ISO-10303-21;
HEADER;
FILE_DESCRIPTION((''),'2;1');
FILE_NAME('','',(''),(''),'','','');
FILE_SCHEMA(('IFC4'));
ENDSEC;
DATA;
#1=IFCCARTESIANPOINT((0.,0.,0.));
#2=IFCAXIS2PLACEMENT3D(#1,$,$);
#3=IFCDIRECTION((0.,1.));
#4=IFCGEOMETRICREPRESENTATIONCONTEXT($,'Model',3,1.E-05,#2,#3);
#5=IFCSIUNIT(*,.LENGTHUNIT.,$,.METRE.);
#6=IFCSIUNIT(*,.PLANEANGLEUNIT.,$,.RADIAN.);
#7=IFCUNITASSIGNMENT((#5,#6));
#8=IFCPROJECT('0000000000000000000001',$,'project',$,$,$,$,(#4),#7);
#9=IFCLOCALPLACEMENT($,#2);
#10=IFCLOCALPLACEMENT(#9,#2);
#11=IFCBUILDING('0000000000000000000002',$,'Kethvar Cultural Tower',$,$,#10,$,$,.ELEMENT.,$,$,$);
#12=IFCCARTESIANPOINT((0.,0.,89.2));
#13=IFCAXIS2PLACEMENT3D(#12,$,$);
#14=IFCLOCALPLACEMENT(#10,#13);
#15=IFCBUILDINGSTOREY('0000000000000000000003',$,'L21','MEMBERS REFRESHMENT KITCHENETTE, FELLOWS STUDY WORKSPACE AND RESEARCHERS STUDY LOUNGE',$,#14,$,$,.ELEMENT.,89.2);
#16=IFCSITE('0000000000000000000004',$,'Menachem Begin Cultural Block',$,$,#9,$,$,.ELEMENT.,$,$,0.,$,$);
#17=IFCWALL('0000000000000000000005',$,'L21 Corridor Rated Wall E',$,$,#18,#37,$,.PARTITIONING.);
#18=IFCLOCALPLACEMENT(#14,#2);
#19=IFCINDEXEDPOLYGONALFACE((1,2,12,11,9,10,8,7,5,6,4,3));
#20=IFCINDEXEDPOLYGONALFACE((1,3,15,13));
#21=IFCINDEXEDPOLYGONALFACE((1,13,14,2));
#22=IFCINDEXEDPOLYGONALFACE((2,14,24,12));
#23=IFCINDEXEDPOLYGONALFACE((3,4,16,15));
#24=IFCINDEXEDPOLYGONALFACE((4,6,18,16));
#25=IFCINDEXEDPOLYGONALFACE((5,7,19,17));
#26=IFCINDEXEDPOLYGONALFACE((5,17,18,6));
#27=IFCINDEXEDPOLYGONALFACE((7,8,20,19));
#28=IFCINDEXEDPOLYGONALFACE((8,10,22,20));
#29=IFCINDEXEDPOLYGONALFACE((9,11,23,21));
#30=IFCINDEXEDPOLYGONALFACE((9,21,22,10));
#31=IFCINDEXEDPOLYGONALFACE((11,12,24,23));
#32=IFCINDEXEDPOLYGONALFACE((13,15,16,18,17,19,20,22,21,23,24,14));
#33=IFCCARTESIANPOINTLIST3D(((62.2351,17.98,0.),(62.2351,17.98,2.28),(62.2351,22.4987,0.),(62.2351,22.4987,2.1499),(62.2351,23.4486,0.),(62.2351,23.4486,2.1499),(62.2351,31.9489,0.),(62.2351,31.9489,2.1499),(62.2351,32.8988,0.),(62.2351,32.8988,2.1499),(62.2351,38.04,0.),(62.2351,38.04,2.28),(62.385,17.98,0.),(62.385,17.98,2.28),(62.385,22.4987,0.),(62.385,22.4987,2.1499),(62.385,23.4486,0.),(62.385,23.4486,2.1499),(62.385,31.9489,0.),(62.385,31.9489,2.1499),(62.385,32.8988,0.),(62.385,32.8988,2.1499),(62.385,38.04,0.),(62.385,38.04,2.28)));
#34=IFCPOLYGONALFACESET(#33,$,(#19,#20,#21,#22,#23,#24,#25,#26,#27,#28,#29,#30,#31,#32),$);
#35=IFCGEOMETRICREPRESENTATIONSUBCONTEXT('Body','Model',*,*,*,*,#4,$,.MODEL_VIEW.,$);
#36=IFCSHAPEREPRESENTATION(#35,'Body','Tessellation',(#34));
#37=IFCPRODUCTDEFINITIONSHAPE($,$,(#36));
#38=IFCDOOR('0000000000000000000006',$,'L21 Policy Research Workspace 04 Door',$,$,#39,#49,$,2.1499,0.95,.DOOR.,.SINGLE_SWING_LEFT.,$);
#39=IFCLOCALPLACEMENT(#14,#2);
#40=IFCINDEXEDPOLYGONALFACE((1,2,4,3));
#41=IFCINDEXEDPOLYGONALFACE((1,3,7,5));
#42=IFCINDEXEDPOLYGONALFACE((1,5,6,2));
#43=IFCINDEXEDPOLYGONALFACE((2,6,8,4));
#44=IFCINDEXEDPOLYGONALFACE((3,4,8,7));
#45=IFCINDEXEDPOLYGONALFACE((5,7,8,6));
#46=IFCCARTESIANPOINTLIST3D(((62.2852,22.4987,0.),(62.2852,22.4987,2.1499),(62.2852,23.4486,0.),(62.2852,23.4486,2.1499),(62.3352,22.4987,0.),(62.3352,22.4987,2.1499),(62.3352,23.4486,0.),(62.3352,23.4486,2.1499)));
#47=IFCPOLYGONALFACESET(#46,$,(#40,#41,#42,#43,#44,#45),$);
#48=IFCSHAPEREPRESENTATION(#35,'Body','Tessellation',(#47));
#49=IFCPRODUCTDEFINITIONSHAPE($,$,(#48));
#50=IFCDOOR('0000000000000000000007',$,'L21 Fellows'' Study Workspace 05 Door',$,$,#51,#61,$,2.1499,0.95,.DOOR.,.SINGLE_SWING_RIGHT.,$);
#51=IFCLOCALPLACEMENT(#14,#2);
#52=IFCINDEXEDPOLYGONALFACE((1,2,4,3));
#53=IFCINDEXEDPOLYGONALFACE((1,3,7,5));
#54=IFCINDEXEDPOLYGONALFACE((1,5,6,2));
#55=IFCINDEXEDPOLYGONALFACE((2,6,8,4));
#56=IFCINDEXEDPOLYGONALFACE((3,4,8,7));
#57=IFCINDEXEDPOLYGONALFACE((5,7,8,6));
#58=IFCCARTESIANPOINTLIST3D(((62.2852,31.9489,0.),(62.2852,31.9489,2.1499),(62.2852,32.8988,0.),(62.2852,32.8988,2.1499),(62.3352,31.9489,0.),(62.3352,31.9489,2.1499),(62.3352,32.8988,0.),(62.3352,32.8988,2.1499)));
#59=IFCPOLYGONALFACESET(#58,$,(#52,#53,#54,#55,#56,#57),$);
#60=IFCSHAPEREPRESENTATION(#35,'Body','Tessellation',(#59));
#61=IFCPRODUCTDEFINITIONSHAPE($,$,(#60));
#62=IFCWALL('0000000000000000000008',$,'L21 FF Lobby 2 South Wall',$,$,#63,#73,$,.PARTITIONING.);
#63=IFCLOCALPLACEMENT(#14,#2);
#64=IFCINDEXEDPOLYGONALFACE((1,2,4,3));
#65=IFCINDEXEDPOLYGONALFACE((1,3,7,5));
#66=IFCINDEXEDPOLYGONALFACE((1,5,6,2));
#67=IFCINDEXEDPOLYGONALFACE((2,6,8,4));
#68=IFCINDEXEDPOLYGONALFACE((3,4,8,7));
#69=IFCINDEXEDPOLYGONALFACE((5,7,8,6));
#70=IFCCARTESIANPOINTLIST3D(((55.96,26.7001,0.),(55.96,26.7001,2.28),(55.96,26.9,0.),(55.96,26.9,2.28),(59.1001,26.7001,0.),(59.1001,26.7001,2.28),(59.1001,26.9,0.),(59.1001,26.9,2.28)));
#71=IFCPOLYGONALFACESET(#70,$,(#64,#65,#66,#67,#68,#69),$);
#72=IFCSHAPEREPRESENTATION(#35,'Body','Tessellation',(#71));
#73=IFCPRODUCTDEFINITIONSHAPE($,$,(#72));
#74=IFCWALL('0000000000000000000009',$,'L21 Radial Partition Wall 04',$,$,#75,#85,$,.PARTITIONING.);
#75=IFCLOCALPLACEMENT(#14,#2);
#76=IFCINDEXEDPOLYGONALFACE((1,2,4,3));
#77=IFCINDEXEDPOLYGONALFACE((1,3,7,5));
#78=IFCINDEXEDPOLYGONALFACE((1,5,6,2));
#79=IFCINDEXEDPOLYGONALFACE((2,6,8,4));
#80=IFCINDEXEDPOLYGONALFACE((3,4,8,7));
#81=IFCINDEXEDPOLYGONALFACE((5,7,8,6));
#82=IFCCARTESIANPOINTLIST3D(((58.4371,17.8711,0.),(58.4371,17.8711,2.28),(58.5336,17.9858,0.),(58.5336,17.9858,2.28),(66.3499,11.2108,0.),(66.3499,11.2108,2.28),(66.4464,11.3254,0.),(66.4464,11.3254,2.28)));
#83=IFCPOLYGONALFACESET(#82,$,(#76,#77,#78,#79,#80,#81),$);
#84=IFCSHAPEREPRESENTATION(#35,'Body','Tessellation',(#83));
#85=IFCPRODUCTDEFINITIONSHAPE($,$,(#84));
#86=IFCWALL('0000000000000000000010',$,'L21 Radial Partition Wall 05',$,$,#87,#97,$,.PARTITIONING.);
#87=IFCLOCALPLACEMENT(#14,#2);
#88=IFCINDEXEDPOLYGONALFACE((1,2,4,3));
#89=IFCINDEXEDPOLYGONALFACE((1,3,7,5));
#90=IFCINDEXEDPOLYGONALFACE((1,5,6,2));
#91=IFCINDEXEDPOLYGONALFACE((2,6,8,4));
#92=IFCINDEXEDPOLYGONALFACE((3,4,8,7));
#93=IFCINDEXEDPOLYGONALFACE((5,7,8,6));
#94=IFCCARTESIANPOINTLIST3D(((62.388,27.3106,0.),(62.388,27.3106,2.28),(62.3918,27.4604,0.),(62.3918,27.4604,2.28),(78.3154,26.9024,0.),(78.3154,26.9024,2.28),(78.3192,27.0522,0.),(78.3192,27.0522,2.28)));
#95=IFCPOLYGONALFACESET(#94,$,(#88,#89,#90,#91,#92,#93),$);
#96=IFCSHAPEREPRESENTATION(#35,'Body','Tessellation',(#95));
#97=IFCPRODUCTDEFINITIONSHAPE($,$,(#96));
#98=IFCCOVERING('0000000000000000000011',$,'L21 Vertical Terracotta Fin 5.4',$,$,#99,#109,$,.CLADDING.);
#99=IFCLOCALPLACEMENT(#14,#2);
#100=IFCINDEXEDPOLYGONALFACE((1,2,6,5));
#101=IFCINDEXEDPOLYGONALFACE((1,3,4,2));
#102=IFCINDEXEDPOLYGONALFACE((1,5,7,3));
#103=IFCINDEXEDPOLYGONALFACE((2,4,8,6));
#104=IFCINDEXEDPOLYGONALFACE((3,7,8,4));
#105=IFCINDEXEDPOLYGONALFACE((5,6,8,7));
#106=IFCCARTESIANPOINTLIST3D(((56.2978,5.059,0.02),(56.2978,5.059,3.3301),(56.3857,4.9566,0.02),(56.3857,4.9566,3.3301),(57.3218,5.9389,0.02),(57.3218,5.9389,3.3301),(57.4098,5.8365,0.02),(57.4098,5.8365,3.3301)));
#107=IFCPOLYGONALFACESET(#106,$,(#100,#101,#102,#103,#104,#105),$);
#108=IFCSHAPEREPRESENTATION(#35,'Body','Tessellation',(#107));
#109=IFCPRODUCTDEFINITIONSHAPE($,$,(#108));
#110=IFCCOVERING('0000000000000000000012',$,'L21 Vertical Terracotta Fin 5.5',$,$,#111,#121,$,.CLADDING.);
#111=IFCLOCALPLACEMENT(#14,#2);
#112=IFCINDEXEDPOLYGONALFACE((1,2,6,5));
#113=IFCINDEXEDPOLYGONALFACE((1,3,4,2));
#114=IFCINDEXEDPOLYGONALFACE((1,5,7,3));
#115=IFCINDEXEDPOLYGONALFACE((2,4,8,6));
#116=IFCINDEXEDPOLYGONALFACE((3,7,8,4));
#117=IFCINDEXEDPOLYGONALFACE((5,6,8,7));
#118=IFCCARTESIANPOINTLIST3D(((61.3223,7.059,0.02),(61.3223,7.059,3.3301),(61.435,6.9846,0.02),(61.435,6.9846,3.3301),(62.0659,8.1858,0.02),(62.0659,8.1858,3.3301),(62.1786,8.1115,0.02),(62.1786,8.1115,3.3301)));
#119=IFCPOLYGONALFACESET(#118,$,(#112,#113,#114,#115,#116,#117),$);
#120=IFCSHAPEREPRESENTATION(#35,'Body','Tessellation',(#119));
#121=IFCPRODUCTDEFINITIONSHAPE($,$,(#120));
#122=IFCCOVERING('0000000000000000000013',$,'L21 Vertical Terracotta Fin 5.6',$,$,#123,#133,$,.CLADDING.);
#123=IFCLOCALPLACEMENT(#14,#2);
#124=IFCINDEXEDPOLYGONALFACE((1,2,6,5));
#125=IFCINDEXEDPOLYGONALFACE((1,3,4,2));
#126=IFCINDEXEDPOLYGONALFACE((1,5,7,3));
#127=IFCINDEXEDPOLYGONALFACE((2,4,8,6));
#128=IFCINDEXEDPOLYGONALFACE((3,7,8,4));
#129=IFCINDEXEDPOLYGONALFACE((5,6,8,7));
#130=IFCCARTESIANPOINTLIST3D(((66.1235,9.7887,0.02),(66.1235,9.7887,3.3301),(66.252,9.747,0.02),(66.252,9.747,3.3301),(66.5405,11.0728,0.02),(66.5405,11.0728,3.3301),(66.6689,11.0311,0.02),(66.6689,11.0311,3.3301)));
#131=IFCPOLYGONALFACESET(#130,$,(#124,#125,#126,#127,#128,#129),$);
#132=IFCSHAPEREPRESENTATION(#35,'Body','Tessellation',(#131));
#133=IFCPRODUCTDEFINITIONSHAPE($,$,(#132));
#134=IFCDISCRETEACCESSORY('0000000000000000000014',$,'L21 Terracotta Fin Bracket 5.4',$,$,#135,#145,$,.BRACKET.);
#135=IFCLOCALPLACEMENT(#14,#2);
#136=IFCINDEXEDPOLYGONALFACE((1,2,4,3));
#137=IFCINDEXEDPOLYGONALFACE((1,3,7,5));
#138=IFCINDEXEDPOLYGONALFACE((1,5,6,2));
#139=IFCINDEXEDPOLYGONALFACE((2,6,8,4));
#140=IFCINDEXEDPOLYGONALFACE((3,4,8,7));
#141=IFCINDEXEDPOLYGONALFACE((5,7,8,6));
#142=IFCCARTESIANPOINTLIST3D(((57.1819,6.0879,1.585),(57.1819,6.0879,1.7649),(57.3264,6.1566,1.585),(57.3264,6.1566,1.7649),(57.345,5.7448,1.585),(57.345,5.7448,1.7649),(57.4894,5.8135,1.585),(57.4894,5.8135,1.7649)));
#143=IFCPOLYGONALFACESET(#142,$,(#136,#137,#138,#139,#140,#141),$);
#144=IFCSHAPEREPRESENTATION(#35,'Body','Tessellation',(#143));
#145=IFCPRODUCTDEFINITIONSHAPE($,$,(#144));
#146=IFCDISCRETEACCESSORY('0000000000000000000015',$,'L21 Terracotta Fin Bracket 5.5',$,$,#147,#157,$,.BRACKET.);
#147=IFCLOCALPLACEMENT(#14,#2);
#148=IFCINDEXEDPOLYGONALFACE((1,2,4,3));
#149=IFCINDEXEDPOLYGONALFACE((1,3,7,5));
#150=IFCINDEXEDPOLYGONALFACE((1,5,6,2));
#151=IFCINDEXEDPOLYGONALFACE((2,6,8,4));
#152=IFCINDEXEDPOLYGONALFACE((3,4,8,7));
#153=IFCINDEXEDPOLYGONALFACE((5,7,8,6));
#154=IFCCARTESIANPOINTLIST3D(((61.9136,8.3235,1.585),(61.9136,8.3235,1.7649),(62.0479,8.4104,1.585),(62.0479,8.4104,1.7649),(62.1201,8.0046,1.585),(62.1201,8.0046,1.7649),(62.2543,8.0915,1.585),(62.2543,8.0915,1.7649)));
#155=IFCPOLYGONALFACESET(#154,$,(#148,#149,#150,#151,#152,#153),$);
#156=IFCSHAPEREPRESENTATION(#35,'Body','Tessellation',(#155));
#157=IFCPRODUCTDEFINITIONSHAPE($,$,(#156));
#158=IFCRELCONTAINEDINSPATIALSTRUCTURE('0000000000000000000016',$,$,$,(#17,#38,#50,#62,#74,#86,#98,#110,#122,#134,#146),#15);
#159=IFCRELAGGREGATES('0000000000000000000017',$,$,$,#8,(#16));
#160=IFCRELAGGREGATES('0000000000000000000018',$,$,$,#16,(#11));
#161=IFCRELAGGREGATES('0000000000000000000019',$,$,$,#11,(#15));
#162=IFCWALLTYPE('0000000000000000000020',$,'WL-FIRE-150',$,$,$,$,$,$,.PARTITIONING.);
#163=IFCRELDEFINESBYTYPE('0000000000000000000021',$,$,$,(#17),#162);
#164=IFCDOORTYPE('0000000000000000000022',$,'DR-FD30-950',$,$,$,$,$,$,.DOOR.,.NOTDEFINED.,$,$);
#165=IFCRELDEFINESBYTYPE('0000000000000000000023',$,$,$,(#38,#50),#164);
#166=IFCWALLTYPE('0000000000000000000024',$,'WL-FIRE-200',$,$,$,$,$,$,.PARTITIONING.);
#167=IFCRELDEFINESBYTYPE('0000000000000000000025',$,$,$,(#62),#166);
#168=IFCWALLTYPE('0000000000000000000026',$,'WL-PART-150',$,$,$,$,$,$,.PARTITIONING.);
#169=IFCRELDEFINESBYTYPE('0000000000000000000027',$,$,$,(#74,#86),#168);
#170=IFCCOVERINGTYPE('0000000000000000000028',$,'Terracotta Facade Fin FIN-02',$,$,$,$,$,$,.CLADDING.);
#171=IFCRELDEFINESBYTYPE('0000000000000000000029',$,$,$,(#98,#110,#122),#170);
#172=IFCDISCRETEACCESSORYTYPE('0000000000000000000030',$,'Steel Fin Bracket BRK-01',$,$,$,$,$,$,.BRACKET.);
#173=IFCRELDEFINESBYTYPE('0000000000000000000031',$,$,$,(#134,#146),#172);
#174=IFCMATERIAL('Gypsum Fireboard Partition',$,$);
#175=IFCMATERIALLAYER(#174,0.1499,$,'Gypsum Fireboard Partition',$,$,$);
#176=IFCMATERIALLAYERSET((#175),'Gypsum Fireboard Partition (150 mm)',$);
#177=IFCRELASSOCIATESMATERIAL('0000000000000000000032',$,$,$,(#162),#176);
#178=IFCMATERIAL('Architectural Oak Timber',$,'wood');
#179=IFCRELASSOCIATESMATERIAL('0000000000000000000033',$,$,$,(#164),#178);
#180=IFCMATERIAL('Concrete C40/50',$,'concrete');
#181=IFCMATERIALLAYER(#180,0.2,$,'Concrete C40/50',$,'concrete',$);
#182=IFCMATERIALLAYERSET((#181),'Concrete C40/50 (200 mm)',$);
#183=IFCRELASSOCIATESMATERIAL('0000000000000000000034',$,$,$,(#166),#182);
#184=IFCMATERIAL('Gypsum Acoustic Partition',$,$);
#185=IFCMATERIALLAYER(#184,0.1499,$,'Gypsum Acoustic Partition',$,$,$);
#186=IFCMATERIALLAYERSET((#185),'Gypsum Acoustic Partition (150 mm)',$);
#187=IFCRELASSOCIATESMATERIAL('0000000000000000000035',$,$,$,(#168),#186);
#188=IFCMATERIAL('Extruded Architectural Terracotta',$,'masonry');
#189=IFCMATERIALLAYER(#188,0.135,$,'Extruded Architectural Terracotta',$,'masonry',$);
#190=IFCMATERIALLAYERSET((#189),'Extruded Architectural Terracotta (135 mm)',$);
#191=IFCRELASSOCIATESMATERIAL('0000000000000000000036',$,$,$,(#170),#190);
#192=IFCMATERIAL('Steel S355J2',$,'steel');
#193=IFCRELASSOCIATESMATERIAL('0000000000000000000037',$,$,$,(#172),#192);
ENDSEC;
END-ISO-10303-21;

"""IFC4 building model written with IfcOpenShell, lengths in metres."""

from ifc_helpers import new_model, si_unit, direction, frame, frame_2d, origin, origin_2d, place, context, subcontext, project, spatial, rectangle, extrude, source, transform, mapped, material, layer, layer_set, type_object, element, fill, save


model = new_model("IFC4")

# Units and contexts
model_context = context("Model", 3, precision=1e-05, world=origin(), true_north=direction((0.0, 1.0)))
body_context = subcontext(model_context, "Body", "Model", "MODEL_VIEW")
ifc_project = project(units=[si_unit("LENGTHUNIT", "METRE"), si_unit("PLANEANGLEUNIT", "RADIAN")], contexts=[model_context])

# Site, building, storey
site_placement = place(None, origin())
site = spatial("IfcSite", under=ifc_project, at=site_placement, Name="Menachem Begin Cultural Block", CompositionType="ELEMENT", RefElevation=0.0)
building_placement = place(site_placement, origin())
building = spatial("IfcBuilding", under=site, at=building_placement, Name="Kethvar Cultural Tower", CompositionType="ELEMENT")
storey_placement = place(building_placement, frame((0.0, 0.0, 89.2)))
storey = spatial("IfcBuildingStorey", under=building, at=storey_placement, Name="L21", Description="MEMBERS REFRESHMENT KITCHENETTE, FELLOWS STUDY WORKSPACE AND RESEARCHERS STUDY LOUNGE", CompositionType="ELEMENT", Elevation=89.2)

# Shared definitions
ifc_material_1 = material(Name="Steel S355J2", Category="steel")

# Wall, openings, doors
ifc_material_2 = material(Name="Gypsum Fireboard Partition")
ifc_layer_1 = layer(ifc_material_2, 0.1499, Name="Gypsum Fireboard Partition")
ifc_layer_set_1 = layer_set([ifc_layer_1], Name="Gypsum Fireboard Partition (150 mm)")
wall_type_1 = type_object("IfcWallType", Name="WL-FIRE-150", PredefinedType="PARTITIONING", material=ifc_layer_set_1)
wall_1_placement = place(storey_placement, frame((62.3101, 17.98, 0.0), z_axis=(0.0, 0.0, 1.0), x_axis=(0.0, 1.0, 0.0)))
wall_1 = element("IfcWall", 1, at=wall_1_placement, inside=storey, type_object=wall_type_1, Name="L21 Corridor Rated Wall E", PredefinedType="PARTITIONING", context=body_context, shape_type="SweptSolid", body=[
    extrude(rectangle(XDim=20.0601, YDim=0.1499, at=frame_2d((10.03, 0.0))), origin(), (0.0, 0.0, 1.0), 2.28),
])
opening_1_placement = place(wall_1_placement, frame((4.5186, 0.0, 0.0)))
opening_1 = element("IfcOpeningElement", 2, at=opening_1_placement, cuts=wall_1, PredefinedType="OPENING", context=body_context, shape_type="SweptSolid", body=[
    extrude(rectangle(XDim=0.95, YDim=2.1499, at=frame_2d((0.4751, 1.075))), frame((0.0, 0.085, 0.0), z_axis=(0.0, -1.0, 0.0), x_axis=(1.0, 0.0, 0.0)), (0.0, 0.0, 1.0), 0.1699),
])
opening_2_placement = place(wall_1_placement, frame((13.9688, 0.0, 0.0)))
opening_2 = element("IfcOpeningElement", 3, at=opening_2_placement, cuts=wall_1, PredefinedType="OPENING", context=body_context, shape_type="SweptSolid", body=[
    extrude(rectangle(XDim=0.95, YDim=2.1499, at=frame_2d((0.4751, 1.075))), frame((0.0, 0.085, 0.0), z_axis=(0.0, -1.0, 0.0), x_axis=(1.0, 0.0, 0.0)), (0.0, 0.0, 1.0), 0.1699),
])
ifc_material_3 = material(Name="Architectural Oak Timber", Category="wood")
door_type_1 = type_object("IfcDoorType", Name="DR-FD30-950", OperationType="NOTDEFINED", PredefinedType="DOOR", material=ifc_material_3)
shared_shape_1 = source(origin(), body_context, "Body", "SweptSolid", [
    extrude(rectangle(XDim=0.95, YDim=2.1499, at=frame_2d((0.4751, 1.075))), frame((0.0, 0.0249, 0.0), z_axis=(0.0, -1.0, 0.0), x_axis=(1.0, 0.0, 0.0)), (0.0, 0.0, 1.0), 0.05),
])
door_1_placement = place(opening_1_placement, origin())
door_1 = element("IfcDoor", 4, at=door_1_placement, inside=storey, type_object=door_type_1, Name="L21 Policy Research Workspace 04 Door", OperationType="SINGLE_SWING_LEFT", OverallHeight=2.1499, OverallWidth=0.95, PredefinedType="DOOR", context=body_context, shape_type="MappedRepresentation", body=[
    mapped(shared_shape_1, transform((0.0, 0.0, 0.0), scale=1.0)),
])
fill(opening_1, door_1)
door_2_placement = place(opening_2_placement, origin())
door_2 = element("IfcDoor", 5, at=door_2_placement, inside=storey, type_object=door_type_1, Name="L21 Fellows' Study Workspace 05 Door", OperationType="SINGLE_SWING_RIGHT", OverallHeight=2.1499, OverallWidth=0.95, PredefinedType="DOOR", context=body_context, shape_type="MappedRepresentation", body=[
    mapped(shared_shape_1, transform((0.0, 0.0, 0.0), scale=1.0)),
])
fill(opening_2, door_2)

# Shared definitions
ifc_material_4 = material(Name="Concrete C40/50", Category="concrete")
ifc_layer_2 = layer(ifc_material_4, 0.2, Name="Concrete C40/50", Category="concrete")
ifc_layer_set_2 = layer_set([ifc_layer_2], Name="Concrete C40/50 (200 mm)")
wall_type_2 = type_object("IfcWallType", Name="WL-FIRE-200", PredefinedType="PARTITIONING", material=ifc_layer_set_2)

# Walls
wall_2_placement = place(storey_placement, frame((55.96, 26.8, 0.0), z_axis=(0.0, 0.0, 1.0), x_axis=(1.0, 0.0, 0.0)))
element("IfcWall", 6, at=wall_2_placement, inside=storey, type_object=wall_type_2, Name="L21 FF Lobby 2 South Wall", PredefinedType="PARTITIONING", context=body_context, shape_type="SweptSolid", body=[
    extrude(rectangle(XDim=3.1401, YDim=0.2, at=frame_2d((1.5701, 0.0))), origin(), (0.0, 0.0, 1.0), 2.28),
])
ifc_material_5 = material(Name="Gypsum Acoustic Partition")
ifc_layer_3 = layer(ifc_material_5, 0.1499, Name="Gypsum Acoustic Partition")
ifc_layer_set_3 = layer_set([ifc_layer_3], Name="Gypsum Acoustic Partition (150 mm)")
wall_type_3 = type_object("IfcWallType", Name="WL-PART-150", PredefinedType="PARTITIONING", material=ifc_layer_set_3)
wall_3_placement = place(storey_placement, frame((58.4854, 17.9285, 0.0), z_axis=(0.0, 0.0, 1.0), x_axis=(0.765056, -0.643963, 0.0)))
element("IfcWall", 7, at=wall_3_placement, inside=storey, type_object=wall_type_3, Name="L21 Radial Partition Wall 04", PredefinedType="PARTITIONING", context=body_context, shape_type="SweptSolid", body=[
    extrude(rectangle(XDim=10.3428, YDim=0.1499, at=frame_2d((5.1714, 0.0))), origin(), (0.0, 0.0, 1.0), 2.28),
])
wall_4_placement = place(storey_placement, frame((62.3899, 27.3855, 0.0), z_axis=(0.0, 0.0, 1.0), x_axis=(0.999672, -0.02562, 0.0)))
element("IfcWall", 8, at=wall_4_placement, inside=storey, type_object=wall_type_3, Name="L21 Radial Partition Wall 05", PredefinedType="PARTITIONING", context=body_context, shape_type="SweptSolid", body=[
    extrude(rectangle(XDim=15.9326, YDim=0.1499, at=frame_2d((7.9663, 0.0))), origin(), (0.0, 0.0, 1.0), 2.28),
])

# Coverings
ifc_material_6 = material(Name="Extruded Architectural Terracotta", Category="masonry")
ifc_layer_4 = layer(ifc_material_6, 0.135, Name="Extruded Architectural Terracotta", Category="masonry")
ifc_layer_set_4 = layer_set([ifc_layer_4], Name="Extruded Architectural Terracotta (135 mm)")
covering_type = type_object("IfcCoveringType", Name="Terracotta Facade Fin FIN-02", PredefinedType="CLADDING", material=ifc_layer_set_4)
shared_shape_2 = source(origin(), body_context, "Body", "SweptSolid", [
    extrude(rectangle(XDim=1.3501, YDim=0.135, at=origin_2d()), origin(), (0.0, 0.0, 1.0), 3.3101),
])
for number, where, z_axis, x_axis, name in (
    (9, (56.8538, 5.4478, 0.02), (0.0, 0.0, 1.0), (-0.758476, -0.651701, 0.0), "L21 Vertical Terracotta Fin 5.4"),
    (10, (61.7505, 7.5852, 0.02), (0.0, 0.0, 1.0), (-0.550772, -0.834656, 0.0), "L21 Vertical Terracotta Fin 5.5"),
    (11, (66.3962, 10.4099, 0.02), (0.0, 0.0, 1.0), (-0.308851, -0.95111, 0.0), "L21 Vertical Terracotta Fin 5.6"),
):
    element("IfcCovering", number, at=place(storey_placement, frame(where, z_axis=z_axis, x_axis=x_axis)), inside=storey, type_object=covering_type, Name=name, PredefinedType="CLADDING", context=body_context, shape_type="MappedRepresentation", body=[
        mapped(shared_shape_2, transform((0.0, 0.0, 0.0), scale=1.0)),
    ])

# Discrete accessories
discrete_accessory_type = type_object("IfcDiscreteAccessoryType", Name="Steel Fin Bracket BRK-01", PredefinedType="BRACKET", material=ifc_material_1)
shared_shape_3 = source(origin(), body_context, "Body", "SweptSolid", [
    extrude(rectangle(XDim=0.3799, YDim=0.1599, at=origin_2d()), origin(), (0.0, 0.0, 1.0), 0.1799),
])
for number, where, z_axis, x_axis, name in (
    (12, (57.3357, 5.9507, 1.585), (0.0, 0.0, 1.0), (0.42925, -0.903186, 0.0), "L21 Terracotta Fin Bracket 5.4"),
    (13, (62.084, 8.2075, 1.585), (0.0, 0.0, 1.0), (0.543467, -0.83943, 0.0), "L21 Terracotta Fin Bracket 5.5"),
):
    element("IfcDiscreteAccessory", number, at=place(storey_placement, frame(where, z_axis=z_axis, x_axis=x_axis)), inside=storey, type_object=discrete_accessory_type, Name=name, PredefinedType="BRACKET", context=body_context, shape_type="MappedRepresentation", body=[
        mapped(shared_shape_3, transform((0.0, 0.0, 0.0), scale=1.0)),
    ])

save(model, "model.ifc")
